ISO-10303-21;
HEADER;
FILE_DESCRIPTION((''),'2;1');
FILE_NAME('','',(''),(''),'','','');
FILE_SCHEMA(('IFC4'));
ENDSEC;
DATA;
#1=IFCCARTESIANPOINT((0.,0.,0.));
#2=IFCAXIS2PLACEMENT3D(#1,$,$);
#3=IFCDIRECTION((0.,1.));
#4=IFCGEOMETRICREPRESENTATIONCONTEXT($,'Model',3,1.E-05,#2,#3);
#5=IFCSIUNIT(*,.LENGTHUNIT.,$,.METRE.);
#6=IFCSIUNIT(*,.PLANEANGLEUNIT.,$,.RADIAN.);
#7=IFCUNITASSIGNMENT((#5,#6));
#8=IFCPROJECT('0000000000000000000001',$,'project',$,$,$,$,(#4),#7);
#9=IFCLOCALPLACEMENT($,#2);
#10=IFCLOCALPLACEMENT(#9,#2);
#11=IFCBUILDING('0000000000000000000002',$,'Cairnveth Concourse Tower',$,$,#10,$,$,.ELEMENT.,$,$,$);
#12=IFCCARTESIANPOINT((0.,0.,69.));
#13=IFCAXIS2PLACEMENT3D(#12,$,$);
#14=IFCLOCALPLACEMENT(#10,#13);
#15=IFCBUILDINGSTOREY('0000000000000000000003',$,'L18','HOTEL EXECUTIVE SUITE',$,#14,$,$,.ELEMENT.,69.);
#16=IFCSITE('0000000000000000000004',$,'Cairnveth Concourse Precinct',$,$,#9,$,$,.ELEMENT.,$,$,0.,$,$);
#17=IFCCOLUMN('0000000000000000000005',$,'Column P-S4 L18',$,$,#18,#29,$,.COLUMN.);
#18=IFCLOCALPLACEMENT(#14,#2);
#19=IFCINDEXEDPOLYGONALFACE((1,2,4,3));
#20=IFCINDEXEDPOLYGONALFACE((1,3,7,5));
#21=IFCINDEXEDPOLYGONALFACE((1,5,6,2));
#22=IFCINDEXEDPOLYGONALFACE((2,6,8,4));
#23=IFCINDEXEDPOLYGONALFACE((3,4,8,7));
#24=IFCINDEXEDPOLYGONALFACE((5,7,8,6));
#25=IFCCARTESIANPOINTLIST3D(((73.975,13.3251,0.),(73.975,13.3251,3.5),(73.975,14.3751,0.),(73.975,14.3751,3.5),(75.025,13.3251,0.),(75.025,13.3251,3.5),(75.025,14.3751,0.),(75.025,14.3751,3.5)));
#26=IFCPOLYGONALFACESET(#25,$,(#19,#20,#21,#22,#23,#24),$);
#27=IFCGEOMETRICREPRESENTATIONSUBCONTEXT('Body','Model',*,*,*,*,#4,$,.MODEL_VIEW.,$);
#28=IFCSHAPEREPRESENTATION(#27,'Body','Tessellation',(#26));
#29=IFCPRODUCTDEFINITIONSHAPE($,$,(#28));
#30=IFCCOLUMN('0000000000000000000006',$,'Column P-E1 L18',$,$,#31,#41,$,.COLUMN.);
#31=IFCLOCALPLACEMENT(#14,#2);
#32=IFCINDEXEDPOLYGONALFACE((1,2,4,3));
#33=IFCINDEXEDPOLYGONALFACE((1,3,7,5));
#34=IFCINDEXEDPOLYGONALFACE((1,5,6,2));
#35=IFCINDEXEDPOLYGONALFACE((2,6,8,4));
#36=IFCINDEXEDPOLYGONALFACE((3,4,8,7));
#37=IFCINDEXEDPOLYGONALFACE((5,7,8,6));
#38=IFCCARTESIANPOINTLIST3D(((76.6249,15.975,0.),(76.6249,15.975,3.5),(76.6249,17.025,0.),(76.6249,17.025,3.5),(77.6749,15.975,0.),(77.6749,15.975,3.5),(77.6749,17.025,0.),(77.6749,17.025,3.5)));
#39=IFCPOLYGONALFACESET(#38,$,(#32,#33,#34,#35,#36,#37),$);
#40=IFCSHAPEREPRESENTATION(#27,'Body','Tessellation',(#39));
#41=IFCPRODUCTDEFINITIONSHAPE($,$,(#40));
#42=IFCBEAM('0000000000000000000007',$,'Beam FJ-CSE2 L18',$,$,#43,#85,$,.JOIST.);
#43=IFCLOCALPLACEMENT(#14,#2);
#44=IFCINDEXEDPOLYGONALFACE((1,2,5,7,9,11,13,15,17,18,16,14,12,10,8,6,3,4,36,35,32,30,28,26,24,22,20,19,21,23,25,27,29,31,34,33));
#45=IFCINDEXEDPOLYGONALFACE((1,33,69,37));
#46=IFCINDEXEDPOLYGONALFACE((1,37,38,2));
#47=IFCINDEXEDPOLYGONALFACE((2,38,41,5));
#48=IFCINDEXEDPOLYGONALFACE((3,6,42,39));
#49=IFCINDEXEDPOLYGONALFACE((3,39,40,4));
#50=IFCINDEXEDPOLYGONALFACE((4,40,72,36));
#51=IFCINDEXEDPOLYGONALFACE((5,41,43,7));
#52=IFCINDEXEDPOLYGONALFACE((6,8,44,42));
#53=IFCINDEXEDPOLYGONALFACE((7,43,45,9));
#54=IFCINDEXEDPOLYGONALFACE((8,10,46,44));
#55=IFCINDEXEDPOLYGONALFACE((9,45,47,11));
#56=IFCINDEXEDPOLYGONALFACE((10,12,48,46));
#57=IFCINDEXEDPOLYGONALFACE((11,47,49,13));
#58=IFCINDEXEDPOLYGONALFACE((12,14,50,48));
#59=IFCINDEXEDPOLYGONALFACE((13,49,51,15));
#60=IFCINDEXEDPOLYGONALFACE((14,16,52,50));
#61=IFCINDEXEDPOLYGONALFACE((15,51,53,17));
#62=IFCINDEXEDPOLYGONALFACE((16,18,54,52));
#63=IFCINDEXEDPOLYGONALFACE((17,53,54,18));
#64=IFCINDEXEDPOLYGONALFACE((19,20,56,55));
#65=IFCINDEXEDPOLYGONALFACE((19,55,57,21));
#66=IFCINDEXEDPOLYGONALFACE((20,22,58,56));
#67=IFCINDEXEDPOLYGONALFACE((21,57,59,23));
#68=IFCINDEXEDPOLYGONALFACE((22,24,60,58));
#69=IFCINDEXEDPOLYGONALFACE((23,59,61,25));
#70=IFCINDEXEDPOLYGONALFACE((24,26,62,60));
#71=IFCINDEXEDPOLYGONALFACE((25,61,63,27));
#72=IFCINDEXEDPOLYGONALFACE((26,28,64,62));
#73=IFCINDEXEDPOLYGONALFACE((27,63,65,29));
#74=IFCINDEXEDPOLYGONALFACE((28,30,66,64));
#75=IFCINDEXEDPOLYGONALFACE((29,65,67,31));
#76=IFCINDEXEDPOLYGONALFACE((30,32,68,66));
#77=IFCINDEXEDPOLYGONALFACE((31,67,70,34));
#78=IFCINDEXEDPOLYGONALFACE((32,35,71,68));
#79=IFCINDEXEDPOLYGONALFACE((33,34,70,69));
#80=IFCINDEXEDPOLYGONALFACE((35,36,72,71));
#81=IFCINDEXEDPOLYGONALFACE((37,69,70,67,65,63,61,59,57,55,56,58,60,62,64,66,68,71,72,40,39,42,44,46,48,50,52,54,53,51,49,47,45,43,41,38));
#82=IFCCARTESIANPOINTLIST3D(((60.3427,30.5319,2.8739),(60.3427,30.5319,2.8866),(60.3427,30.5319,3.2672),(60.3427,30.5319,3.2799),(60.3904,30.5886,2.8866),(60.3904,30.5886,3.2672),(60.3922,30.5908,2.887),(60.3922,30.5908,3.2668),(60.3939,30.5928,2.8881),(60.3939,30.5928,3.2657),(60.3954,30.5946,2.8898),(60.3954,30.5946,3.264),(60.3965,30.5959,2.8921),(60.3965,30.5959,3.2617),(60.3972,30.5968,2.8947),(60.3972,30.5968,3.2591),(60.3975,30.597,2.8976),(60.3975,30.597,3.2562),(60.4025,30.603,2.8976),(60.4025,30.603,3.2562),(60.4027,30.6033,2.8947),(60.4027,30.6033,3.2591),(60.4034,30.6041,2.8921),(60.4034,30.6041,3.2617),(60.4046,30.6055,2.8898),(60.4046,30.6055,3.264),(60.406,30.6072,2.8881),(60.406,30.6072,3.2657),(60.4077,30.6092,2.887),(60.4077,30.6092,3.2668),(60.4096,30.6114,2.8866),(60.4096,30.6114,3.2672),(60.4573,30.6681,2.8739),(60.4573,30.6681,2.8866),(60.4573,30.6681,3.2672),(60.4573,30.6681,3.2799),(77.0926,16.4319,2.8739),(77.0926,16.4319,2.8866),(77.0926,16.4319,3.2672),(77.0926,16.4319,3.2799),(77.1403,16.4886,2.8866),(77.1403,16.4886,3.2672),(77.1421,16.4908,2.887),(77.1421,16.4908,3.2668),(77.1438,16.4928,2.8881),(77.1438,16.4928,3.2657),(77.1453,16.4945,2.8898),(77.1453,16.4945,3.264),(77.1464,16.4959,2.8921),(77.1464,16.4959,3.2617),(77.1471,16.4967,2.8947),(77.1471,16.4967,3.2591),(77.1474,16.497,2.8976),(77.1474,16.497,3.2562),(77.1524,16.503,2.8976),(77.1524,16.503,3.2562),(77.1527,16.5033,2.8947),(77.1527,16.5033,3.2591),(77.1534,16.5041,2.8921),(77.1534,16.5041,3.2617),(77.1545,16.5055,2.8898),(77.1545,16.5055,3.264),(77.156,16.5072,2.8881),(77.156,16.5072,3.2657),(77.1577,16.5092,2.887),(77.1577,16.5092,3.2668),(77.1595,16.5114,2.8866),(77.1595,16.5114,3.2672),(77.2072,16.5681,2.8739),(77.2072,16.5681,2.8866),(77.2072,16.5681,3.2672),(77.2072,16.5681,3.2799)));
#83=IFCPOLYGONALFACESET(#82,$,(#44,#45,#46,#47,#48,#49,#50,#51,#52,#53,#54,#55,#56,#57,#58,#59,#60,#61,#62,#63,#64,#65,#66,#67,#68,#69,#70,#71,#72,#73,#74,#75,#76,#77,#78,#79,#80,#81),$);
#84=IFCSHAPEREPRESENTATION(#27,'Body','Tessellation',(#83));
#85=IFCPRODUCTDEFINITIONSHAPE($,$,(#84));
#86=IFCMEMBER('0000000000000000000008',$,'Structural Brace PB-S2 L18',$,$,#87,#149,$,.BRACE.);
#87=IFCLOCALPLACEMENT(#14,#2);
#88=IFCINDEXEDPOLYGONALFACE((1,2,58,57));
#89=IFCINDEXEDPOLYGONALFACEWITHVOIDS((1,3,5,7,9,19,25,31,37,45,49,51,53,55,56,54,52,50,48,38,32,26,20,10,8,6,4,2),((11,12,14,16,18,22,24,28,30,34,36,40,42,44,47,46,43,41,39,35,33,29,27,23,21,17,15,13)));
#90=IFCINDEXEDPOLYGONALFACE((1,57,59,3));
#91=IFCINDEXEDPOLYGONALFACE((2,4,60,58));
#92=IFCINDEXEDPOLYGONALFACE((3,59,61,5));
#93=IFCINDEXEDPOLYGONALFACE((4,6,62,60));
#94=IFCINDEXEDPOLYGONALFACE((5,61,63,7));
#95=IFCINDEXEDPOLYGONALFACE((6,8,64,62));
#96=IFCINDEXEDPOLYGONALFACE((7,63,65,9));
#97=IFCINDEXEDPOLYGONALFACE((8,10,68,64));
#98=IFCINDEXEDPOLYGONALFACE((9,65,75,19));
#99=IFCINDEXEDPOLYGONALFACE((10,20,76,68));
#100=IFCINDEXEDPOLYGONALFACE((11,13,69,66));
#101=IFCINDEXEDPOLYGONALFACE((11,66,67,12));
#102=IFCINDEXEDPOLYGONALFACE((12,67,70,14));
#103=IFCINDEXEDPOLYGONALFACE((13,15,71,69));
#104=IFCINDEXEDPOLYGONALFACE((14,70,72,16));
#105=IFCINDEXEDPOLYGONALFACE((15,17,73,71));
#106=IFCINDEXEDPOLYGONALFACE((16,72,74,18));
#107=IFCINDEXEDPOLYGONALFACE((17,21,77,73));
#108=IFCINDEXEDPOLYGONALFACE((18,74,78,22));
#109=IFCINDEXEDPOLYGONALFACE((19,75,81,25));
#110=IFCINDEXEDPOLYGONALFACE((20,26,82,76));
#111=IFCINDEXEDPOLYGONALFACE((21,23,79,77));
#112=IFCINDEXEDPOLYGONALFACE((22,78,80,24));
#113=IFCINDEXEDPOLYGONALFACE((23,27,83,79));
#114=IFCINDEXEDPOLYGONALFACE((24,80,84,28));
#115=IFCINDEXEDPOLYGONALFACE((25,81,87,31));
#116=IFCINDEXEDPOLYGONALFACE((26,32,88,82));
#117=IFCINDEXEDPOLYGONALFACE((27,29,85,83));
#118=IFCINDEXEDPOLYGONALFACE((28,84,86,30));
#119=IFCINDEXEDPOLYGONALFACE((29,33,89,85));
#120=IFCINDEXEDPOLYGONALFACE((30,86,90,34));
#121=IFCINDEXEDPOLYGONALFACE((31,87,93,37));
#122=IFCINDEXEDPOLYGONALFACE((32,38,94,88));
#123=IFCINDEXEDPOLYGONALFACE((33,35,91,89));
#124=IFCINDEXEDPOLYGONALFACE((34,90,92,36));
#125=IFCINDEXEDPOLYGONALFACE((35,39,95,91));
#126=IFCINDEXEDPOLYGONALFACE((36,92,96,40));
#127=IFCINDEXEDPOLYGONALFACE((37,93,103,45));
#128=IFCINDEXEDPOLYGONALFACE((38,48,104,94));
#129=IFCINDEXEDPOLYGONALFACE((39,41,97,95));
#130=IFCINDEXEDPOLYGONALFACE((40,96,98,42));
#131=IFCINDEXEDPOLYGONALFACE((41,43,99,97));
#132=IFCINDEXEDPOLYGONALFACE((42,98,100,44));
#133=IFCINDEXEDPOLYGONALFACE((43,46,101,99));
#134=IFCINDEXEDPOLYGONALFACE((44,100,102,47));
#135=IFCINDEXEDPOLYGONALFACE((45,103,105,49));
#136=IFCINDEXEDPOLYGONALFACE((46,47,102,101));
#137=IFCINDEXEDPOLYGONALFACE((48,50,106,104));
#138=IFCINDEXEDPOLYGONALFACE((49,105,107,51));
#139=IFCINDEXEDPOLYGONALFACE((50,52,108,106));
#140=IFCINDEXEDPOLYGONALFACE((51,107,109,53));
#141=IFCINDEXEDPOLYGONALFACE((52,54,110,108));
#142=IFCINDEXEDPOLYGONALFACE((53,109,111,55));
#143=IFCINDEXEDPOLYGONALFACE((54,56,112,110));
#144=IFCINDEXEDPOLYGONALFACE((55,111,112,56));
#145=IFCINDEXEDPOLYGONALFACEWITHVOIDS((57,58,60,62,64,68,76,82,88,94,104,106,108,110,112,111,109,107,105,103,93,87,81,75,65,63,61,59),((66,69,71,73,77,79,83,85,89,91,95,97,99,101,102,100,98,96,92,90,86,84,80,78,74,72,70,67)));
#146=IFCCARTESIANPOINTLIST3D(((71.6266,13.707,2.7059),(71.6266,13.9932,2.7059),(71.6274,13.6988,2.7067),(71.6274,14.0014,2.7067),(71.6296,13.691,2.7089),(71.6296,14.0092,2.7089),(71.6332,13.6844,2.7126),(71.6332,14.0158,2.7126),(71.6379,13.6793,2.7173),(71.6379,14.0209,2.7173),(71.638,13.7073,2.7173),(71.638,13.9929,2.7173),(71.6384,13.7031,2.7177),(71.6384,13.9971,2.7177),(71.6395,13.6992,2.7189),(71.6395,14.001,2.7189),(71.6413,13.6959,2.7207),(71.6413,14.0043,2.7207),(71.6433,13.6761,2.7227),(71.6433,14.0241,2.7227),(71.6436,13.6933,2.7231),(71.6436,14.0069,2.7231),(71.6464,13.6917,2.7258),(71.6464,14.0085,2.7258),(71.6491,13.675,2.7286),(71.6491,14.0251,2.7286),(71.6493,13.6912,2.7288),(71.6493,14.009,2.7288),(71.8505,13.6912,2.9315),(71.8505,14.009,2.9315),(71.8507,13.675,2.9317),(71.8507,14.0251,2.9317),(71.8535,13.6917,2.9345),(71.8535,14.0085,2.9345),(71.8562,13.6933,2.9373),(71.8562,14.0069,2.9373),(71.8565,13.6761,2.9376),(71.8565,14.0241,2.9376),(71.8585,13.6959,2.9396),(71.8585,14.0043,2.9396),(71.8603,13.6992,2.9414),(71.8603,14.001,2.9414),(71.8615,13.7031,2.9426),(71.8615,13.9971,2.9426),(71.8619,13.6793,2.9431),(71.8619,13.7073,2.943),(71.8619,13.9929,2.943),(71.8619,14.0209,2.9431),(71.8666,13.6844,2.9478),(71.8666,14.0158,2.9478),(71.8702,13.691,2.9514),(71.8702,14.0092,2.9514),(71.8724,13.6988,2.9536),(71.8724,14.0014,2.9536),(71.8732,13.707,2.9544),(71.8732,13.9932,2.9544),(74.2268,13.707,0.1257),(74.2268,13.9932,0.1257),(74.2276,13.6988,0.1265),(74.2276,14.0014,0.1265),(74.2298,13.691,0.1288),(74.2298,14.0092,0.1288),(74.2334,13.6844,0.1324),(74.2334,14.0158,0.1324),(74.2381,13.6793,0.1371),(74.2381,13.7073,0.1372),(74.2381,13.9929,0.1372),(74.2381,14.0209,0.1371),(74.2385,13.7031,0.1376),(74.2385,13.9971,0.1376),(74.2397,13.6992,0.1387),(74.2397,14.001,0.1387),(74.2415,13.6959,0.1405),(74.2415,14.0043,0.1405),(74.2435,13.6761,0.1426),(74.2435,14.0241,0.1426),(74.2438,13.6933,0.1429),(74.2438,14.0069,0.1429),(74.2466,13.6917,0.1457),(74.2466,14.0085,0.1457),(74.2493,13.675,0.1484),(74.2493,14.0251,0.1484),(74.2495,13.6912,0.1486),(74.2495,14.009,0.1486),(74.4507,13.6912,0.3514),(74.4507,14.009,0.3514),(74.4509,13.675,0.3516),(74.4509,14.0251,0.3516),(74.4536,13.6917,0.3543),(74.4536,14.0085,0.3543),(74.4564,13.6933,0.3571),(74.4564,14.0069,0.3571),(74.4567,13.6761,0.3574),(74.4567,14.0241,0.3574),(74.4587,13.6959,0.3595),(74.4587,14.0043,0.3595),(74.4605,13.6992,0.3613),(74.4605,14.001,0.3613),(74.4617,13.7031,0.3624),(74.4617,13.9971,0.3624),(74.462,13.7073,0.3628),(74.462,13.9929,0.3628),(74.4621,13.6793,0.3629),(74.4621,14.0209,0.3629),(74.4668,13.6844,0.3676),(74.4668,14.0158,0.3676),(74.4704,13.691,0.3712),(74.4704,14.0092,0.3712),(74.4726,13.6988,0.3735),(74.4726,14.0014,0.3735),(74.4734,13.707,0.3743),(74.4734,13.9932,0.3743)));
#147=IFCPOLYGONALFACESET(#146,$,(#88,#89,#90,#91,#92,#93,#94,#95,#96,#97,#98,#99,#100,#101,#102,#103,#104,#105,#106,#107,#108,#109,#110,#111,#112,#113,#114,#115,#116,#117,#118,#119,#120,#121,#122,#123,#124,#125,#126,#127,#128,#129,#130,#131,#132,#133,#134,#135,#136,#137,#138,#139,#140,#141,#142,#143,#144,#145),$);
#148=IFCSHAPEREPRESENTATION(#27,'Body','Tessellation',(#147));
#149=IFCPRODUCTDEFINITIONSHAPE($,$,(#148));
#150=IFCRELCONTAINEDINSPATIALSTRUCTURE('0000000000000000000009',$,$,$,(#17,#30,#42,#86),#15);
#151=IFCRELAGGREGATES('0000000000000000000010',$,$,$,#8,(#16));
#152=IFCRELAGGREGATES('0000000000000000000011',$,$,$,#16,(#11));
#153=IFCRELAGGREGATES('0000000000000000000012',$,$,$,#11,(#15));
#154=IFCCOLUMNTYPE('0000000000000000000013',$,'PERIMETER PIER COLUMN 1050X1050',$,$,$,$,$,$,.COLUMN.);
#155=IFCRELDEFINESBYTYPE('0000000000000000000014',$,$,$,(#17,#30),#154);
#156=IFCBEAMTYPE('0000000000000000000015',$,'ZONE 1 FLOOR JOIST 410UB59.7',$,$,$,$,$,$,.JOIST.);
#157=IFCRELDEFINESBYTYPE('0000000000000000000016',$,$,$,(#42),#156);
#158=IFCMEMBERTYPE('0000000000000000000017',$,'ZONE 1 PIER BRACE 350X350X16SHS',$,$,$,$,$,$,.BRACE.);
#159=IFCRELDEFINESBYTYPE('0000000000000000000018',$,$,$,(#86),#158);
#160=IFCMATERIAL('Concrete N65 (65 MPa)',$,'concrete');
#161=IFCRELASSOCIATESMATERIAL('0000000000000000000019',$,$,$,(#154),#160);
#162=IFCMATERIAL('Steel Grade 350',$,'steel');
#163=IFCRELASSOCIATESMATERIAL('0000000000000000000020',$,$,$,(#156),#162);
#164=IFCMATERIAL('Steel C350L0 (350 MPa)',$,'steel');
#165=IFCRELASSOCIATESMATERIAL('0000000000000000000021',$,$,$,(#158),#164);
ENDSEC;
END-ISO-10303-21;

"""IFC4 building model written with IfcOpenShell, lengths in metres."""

from ifc_helpers import new_model, si_unit, direction, frame, origin, origin_2d, place, context, subcontext, project, spatial, rectangle, hollow_rectangle, i_section, extrude, material, material_profile, profile_set, type_object, element, save


model = new_model("IFC4")

# Units and contexts
model_context = context("Model", 3, precision=1e-05, world=origin(), true_north=direction((0.0, 1.0)))
body_context = subcontext(model_context, "Body", "Model", "MODEL_VIEW")
ifc_project = project(units=[si_unit("LENGTHUNIT", "METRE"), si_unit("PLANEANGLEUNIT", "RADIAN")], contexts=[model_context])

# Site, building, storey
site_placement = place(None, origin())
site = spatial("IfcSite", under=ifc_project, at=site_placement, Name="Cairnveth Concourse Precinct", CompositionType="ELEMENT", RefElevation=0.0)
building_placement = place(site_placement, origin())
building = spatial("IfcBuilding", under=site, at=building_placement, Name="Cairnveth Concourse Tower", CompositionType="ELEMENT")
storey_placement = place(building_placement, frame((0.0, 0.0, 69.0)))
storey = spatial("IfcBuildingStorey", under=building, at=storey_placement, Name="L18", Description="HOTEL EXECUTIVE SUITE", CompositionType="ELEMENT", Elevation=69.0)

# Columns
ifc_material_1 = material(Name="Concrete N65 (65 MPa)", Category="concrete")
ifc_material_profile_1 = material_profile(ifc_material_1, rectangle(XDim=1.05, YDim=1.05, at=origin_2d()), Name="RC-COL-1050x1050")
ifc_profile_set_1 = profile_set([ifc_material_profile_1], Name="Concrete N65 (65 MPa)")
column_type = type_object("IfcColumnType", Name="PERIMETER PIER COLUMN 1050X1050", PredefinedType="COLUMN", material=ifc_profile_set_1)
for number, where, z_axis, x_axis, name in (
    (1, (74.5, 13.8501, 0.0), (0.0, 0.0, 1.0), (1.0, 0.0, 0.0), "Column P-S4 L18"),
    (2, (77.1499, 16.5, 0.0), (0.0, 0.0, 1.0), (0.0, 1.0, 0.0), "Column P-E1 L18"),
):
    element("IfcColumn", number, at=place(storey_placement, frame(where, z_axis=z_axis, x_axis=x_axis)), inside=storey, type_object=column_type, Name=name, PredefinedType="COLUMN", context=body_context, shape_type="SweptSolid", body=[
        extrude(rectangle(XDim=1.05, YDim=1.05, at=origin_2d()), origin(), (0.0, 0.0, 1.0), 3.5),
    ])

# Beam
ifc_material_2 = material(Name="Steel Grade 350", Category="steel")
ifc_material_profile_2 = material_profile(ifc_material_2, i_section(OverallWidth=0.178, OverallDepth=0.406, WebThickness=0.0078, FlangeThickness=0.0127, FilletRadius=0.011, at=origin_2d()), Name="410UB59.7")
ifc_profile_set_2 = profile_set([ifc_material_profile_2], Name="Steel Grade 350")
beam_type_1 = type_object("IfcBeamType", Name="ZONE 1 FLOOR JOIST 410UB59.7", PredefinedType="JOIST", material=ifc_profile_set_2)
beam_1_placement = place(storey_placement, frame((77.1499, 16.5, 3.0769), z_axis=(-0.765027, 0.643998, 0.0), x_axis=(-0.643998, -0.765027, 0.0)))
element("IfcBeam", 3, at=beam_1_placement, inside=storey, type_object=beam_type_1, Name="Beam FJ-CSE2 L18", PredefinedType="JOIST", context=body_context, shape_type="SweptSolid", body=[
    extrude(i_section(OverallWidth=0.178, OverallDepth=0.406, WebThickness=0.0078, FlangeThickness=0.0127, FilletRadius=0.011, at=origin_2d()), origin(), (0.0, 0.0, 1.0), 21.8945),
])

# Member
ifc_material_3 = material(Name="Steel C350L0 (350 MPa)", Category="steel")
ifc_material_profile_3 = material_profile(ifc_material_3, hollow_rectangle(XDim=0.3501, YDim=0.3501, WallThickness=0.0161, InnerFilletRadius=0.0161, OuterFilletRadius=0.032, at=origin_2d()), Name="350x350x16.0SHS")
ifc_profile_set_3 = profile_set([ifc_material_profile_3], Name="Steel C350L0 (350 MPa)")
member_type = type_object("IfcMemberType", Name="ZONE 1 PIER BRACE 350X350X16SHS", PredefinedType="BRACE", material=ifc_profile_set_3)
for number, where, z_axis, x_axis, name in (
    (4, (74.3501, 13.8501, 0.25), (-0.709834, 0.0, 0.704369), (0.0, -1.0, 0.0), "Structural Brace PB-S2 L18"),
):
    element("IfcMember", number, at=place(storey_placement, frame(where, z_axis=z_axis, x_axis=x_axis)), inside=storey, type_object=member_type, Name=name, PredefinedType="BRACE", context=body_context, shape_type="SweptSolid", body=[
        extrude(hollow_rectangle(XDim=0.3501, YDim=0.3501, WallThickness=0.0161, InnerFilletRadius=0.0161, OuterFilletRadius=0.032, at=origin_2d()), origin(), (0.0, 0.0, 1.0), 3.6631),
    ])

save(model, "model.ifc")
